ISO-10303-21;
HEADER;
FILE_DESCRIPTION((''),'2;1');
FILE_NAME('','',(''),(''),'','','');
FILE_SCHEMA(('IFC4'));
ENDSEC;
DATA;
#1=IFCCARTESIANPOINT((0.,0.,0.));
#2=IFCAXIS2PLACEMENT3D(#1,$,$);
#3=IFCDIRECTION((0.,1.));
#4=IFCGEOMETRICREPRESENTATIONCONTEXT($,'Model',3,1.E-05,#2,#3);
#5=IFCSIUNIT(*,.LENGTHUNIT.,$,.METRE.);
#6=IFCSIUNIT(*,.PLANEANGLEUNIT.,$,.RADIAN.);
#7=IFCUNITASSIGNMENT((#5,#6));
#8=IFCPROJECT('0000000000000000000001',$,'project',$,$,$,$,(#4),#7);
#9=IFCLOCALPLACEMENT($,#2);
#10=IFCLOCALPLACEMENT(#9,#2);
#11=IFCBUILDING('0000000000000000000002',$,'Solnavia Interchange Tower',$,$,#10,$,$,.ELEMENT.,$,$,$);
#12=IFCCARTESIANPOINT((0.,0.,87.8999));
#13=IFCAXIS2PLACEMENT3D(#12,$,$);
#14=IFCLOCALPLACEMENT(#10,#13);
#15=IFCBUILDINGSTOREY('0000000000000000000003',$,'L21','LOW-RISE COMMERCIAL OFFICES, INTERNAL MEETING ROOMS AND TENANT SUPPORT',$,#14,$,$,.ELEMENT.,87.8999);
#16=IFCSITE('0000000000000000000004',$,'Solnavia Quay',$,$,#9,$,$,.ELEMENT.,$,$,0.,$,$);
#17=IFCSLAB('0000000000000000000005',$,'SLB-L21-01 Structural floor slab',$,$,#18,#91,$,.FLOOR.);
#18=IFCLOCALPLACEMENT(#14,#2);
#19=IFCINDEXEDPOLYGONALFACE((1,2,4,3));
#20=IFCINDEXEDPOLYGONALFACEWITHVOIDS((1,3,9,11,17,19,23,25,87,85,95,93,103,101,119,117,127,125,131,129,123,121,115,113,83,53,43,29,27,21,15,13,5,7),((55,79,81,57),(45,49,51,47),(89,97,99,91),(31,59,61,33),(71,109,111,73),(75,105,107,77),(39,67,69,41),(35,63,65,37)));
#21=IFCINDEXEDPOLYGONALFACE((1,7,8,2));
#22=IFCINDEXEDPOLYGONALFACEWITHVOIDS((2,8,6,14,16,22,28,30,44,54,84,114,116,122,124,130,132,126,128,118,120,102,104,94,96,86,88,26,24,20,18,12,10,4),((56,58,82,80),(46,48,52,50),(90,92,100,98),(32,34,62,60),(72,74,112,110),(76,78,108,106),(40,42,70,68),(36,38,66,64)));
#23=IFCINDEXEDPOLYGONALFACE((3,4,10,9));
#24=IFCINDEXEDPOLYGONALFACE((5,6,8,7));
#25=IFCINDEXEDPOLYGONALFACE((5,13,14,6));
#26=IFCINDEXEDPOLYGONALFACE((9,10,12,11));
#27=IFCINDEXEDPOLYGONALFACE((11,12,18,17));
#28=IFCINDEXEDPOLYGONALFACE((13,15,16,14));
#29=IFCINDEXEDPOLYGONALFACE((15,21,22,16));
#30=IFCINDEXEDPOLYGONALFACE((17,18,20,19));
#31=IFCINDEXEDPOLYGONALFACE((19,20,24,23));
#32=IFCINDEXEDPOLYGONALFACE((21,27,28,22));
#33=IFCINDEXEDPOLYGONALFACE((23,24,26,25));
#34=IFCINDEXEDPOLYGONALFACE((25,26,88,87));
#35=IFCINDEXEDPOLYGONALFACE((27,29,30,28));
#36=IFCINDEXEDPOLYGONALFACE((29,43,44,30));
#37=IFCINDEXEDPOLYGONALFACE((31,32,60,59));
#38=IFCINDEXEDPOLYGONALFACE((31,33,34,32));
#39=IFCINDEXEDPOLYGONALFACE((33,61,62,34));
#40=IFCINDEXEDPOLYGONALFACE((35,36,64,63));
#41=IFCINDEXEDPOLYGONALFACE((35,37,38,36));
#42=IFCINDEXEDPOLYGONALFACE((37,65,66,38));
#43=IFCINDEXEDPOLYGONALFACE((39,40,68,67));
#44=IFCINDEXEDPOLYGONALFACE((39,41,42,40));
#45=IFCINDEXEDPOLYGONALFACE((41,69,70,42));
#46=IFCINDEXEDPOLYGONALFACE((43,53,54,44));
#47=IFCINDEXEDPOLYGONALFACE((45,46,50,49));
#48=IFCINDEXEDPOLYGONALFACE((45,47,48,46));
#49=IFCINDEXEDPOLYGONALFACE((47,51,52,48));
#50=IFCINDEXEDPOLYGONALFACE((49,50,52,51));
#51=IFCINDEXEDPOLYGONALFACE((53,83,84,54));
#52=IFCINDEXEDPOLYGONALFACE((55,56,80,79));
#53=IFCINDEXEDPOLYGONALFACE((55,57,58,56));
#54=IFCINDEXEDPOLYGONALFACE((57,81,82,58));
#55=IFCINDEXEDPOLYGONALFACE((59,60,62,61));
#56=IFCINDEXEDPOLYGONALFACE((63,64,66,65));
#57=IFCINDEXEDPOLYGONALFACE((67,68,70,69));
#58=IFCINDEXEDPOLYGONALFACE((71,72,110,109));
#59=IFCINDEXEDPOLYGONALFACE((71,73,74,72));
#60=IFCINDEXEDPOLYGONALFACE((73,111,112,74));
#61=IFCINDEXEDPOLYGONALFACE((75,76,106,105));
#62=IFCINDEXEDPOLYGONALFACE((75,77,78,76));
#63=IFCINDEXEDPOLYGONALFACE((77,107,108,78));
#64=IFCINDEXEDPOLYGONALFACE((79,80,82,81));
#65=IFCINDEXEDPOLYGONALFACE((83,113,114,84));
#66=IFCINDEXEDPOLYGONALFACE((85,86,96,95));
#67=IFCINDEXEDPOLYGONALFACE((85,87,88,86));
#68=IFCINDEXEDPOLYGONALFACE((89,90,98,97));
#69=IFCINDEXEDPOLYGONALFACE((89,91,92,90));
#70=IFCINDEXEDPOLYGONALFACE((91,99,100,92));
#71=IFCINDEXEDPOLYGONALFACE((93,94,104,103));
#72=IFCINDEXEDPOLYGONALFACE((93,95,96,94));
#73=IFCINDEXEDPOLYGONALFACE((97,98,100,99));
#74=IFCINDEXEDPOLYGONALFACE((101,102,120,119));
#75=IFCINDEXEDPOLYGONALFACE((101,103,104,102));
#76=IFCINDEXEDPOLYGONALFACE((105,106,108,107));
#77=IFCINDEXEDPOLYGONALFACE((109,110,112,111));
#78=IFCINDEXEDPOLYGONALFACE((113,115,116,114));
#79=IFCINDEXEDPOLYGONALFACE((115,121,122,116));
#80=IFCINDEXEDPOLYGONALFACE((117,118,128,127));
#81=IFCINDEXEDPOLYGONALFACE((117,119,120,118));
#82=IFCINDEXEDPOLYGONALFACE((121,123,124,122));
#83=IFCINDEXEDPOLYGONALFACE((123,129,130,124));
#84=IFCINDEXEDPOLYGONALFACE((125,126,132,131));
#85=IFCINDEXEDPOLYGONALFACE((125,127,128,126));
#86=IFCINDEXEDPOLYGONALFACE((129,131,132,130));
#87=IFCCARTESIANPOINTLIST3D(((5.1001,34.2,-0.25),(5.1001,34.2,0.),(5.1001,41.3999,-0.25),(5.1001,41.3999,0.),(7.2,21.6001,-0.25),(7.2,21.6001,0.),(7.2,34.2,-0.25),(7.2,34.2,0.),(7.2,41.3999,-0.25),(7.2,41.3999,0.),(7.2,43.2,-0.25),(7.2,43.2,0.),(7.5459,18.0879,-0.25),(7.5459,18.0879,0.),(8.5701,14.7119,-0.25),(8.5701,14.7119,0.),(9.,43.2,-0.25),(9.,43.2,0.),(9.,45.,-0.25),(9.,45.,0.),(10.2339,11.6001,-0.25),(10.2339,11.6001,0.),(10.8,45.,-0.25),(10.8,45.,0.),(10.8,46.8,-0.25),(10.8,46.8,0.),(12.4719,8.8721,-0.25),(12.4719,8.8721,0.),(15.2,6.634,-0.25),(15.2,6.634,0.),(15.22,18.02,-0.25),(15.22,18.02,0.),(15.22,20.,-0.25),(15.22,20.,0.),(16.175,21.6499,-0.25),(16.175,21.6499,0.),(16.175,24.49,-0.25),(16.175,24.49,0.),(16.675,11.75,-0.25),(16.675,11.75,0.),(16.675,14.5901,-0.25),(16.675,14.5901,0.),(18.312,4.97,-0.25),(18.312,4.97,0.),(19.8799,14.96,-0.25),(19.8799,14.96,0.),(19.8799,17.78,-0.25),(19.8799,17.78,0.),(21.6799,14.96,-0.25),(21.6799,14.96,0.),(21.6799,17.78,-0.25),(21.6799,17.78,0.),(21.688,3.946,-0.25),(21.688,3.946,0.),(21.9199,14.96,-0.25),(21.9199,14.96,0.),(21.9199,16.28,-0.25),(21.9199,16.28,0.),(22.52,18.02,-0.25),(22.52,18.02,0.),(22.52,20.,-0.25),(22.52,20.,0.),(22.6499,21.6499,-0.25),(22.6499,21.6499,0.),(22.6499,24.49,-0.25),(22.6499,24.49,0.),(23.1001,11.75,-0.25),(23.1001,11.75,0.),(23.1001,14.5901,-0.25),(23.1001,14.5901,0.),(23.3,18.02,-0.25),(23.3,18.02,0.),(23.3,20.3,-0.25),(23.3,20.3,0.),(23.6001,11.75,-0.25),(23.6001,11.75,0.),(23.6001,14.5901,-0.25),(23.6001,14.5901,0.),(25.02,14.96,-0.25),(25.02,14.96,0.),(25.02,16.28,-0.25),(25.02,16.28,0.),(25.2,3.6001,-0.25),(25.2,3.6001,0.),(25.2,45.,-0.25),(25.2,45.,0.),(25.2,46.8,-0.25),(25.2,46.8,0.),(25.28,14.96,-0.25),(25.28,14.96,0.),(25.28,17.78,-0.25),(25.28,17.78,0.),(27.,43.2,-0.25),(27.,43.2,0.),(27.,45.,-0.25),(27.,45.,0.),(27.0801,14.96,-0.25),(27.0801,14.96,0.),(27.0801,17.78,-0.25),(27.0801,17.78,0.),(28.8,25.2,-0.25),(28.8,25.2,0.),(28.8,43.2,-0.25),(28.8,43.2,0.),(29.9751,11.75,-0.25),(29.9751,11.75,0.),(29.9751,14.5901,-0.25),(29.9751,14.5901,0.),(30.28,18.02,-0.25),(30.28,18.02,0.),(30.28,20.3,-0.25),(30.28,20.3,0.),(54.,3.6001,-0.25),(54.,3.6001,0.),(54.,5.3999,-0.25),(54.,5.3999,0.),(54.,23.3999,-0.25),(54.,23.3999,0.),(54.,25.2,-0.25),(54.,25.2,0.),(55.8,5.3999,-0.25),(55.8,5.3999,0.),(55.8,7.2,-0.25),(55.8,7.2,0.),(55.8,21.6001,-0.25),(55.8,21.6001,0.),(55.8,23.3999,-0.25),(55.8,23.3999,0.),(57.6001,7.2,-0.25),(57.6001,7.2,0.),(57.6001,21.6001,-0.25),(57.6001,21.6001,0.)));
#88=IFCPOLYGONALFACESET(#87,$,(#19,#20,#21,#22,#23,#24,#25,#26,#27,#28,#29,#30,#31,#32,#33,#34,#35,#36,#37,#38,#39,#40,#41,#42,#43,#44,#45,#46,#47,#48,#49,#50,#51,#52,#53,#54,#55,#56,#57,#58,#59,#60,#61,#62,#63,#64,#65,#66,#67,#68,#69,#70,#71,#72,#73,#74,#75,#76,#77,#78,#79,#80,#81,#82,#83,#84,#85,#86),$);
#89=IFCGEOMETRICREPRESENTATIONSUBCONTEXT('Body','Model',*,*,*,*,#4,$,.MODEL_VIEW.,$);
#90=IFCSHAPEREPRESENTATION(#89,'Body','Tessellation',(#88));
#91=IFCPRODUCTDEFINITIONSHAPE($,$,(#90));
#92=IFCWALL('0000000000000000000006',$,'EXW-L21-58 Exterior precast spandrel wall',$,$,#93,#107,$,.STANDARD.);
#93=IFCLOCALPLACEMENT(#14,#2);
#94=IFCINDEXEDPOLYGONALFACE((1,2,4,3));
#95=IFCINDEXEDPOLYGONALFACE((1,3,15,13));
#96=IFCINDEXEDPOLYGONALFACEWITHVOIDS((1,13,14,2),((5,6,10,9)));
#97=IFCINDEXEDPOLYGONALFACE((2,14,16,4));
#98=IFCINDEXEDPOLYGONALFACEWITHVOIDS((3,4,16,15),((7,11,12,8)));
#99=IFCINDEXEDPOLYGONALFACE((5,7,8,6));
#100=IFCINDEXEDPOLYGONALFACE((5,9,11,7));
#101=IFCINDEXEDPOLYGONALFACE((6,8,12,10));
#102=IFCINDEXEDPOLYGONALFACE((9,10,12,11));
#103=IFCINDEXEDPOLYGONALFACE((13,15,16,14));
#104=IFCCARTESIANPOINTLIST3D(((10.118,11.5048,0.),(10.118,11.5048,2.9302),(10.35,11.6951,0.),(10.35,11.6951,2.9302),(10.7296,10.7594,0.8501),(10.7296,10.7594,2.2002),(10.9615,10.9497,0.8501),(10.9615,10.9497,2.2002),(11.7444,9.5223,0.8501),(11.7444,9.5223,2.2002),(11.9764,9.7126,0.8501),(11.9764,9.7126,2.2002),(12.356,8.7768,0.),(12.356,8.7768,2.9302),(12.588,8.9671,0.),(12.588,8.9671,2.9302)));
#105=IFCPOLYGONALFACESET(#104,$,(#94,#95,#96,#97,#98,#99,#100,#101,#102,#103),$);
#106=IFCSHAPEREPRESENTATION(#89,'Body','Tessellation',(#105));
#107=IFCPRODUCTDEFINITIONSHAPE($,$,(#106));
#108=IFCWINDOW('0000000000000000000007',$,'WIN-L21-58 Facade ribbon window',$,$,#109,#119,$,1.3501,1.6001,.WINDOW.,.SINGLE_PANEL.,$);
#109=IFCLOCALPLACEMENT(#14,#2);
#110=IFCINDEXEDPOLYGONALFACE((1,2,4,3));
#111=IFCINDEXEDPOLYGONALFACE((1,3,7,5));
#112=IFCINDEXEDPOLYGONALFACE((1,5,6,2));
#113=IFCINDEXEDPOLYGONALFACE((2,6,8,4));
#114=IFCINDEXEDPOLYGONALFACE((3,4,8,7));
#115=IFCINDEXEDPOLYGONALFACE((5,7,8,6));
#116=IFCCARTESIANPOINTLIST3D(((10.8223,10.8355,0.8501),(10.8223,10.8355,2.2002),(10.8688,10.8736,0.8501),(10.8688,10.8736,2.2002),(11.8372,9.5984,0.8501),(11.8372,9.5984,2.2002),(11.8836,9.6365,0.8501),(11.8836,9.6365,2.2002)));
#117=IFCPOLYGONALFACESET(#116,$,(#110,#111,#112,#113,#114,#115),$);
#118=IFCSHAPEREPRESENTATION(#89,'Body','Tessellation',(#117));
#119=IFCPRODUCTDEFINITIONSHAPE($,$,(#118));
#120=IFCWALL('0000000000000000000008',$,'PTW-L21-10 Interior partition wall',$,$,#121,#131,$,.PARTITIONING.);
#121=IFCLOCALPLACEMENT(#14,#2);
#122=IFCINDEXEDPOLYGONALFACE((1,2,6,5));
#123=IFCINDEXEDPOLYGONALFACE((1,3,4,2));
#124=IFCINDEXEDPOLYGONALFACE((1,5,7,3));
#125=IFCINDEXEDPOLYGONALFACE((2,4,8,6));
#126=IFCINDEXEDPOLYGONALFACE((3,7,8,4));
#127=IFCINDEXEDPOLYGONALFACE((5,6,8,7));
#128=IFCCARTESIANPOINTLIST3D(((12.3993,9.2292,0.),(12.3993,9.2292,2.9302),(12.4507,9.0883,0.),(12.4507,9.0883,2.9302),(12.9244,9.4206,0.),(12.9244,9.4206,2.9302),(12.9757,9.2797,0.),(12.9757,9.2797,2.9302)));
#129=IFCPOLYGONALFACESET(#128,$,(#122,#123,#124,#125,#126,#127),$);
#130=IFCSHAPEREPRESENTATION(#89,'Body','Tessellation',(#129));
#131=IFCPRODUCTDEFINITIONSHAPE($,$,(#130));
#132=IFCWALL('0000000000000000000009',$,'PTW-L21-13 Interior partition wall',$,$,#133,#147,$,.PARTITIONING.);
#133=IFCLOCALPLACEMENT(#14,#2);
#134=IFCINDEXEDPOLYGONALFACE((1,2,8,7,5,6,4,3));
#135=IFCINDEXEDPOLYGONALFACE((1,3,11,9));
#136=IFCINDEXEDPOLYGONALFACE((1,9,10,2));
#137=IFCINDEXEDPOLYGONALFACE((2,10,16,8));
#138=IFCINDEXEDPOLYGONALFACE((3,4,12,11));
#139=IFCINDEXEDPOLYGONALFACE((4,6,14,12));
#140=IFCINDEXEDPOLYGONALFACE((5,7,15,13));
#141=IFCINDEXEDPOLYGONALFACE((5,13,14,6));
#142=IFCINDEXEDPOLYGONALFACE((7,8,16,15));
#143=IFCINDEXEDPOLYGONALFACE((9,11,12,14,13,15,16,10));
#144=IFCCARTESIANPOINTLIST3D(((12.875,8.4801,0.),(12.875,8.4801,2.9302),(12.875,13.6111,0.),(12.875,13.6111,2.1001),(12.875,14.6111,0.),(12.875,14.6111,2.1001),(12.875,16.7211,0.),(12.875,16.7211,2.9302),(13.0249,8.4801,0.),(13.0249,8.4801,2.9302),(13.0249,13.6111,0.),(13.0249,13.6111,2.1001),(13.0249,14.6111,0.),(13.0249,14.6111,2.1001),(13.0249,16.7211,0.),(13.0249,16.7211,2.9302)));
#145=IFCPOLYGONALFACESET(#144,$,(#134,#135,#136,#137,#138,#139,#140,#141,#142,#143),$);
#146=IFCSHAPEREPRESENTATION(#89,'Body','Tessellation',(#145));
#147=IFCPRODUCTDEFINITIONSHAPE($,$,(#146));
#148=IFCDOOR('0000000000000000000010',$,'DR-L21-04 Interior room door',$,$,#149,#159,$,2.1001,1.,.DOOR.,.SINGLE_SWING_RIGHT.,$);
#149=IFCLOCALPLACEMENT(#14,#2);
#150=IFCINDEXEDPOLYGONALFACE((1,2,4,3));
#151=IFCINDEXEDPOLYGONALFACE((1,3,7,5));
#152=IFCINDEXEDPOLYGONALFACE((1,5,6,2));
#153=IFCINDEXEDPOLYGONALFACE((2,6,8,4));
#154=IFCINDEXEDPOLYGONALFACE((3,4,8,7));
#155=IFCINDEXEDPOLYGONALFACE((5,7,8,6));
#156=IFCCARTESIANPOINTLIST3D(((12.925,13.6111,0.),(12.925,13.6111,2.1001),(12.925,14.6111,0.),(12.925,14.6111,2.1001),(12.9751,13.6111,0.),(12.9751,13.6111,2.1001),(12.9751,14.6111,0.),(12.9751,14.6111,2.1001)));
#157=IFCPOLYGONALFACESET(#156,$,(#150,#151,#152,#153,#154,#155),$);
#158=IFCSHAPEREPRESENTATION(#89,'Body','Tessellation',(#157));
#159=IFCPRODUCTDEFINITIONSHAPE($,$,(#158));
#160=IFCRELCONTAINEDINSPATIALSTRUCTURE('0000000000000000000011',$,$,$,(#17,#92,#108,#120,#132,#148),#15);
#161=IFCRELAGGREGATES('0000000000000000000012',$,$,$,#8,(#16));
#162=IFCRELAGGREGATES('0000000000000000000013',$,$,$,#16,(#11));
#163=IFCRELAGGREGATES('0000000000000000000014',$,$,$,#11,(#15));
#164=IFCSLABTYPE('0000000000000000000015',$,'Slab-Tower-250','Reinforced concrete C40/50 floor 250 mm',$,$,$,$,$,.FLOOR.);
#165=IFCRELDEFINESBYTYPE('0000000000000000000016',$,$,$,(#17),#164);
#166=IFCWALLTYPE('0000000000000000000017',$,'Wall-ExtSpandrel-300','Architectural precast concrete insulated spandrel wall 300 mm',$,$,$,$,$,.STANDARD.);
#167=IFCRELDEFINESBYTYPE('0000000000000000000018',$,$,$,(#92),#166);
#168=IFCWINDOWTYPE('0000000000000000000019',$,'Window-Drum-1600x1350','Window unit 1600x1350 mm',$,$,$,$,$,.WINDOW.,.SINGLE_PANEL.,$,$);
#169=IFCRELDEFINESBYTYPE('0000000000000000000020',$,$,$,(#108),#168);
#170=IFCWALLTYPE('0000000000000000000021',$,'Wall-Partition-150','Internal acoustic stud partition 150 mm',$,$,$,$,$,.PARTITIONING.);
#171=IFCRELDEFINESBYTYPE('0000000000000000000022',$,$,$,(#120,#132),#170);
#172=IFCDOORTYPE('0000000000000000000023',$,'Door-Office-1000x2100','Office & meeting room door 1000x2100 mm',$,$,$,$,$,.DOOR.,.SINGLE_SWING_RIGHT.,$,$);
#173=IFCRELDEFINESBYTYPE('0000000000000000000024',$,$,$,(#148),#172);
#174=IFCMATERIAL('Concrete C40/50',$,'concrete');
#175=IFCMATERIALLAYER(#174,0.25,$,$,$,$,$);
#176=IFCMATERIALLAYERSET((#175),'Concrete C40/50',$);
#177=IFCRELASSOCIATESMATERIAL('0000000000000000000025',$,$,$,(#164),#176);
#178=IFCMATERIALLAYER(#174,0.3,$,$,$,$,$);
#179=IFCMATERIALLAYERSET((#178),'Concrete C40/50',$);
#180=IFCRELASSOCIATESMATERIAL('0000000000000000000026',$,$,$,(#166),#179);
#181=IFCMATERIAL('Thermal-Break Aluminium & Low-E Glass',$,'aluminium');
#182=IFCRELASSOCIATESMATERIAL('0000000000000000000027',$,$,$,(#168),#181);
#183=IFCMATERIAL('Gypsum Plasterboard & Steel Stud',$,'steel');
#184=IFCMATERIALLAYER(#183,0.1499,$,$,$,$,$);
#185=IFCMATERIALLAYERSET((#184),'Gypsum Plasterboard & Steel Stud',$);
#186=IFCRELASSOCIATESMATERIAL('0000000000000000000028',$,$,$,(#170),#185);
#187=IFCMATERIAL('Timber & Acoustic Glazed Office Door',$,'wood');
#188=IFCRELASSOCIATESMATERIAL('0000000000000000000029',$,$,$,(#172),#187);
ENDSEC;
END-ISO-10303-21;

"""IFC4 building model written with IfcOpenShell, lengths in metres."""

from ifc_helpers import new_model, si_unit, direction, frame, frame_2d, origin, place, context, subcontext, project, spatial, polyline, rectangle, outline, extrude, material, layer, layer_set, type_object, element, fill, save


model = new_model("IFC4")

# Units and contexts
model_context = context("Model", 3, precision=1e-05, world=origin(), true_north=direction((0.0, 1.0)))
body_context = subcontext(model_context, "Body", "Model", "MODEL_VIEW")
ifc_project = project(units=[si_unit("LENGTHUNIT", "METRE"), si_unit("PLANEANGLEUNIT", "RADIAN")], contexts=[model_context])

# Site, building, storey
site_placement = place(None, origin())
site = spatial("IfcSite", under=ifc_project, at=site_placement, Name="Solnavia Quay", CompositionType="ELEMENT", RefElevation=0.0)
building_placement = place(site_placement, origin())
building = spatial("IfcBuilding", under=site, at=building_placement, Name="Solnavia Interchange Tower", CompositionType="ELEMENT")
storey_placement = place(building_placement, frame((0.0, 0.0, 87.8999)))
storey = spatial("IfcBuildingStorey", under=building, at=storey_placement, Name="L21", Description="LOW-RISE COMMERCIAL OFFICES, INTERNAL MEETING ROOMS AND TENANT SUPPORT", CompositionType="ELEMENT", Elevation=87.8999)

# Shared definitions
ifc_material_1 = material(Name="Concrete C40/50", Category="concrete")

# Slab
ifc_layer_1 = layer(ifc_material_1, 0.25)
ifc_layer_set_1 = layer_set([ifc_layer_1], Name="Concrete C40/50")
slab_type_1 = type_object("IfcSlabType", Name="Slab-Tower-250", Description="Reinforced concrete C40/50 floor 250 mm", PredefinedType="FLOOR", material=ifc_layer_set_1)
slab_1_placement = place(storey_placement, frame((0.0, 0.0, -0.25)))
element("IfcSlab", 1, at=slab_1_placement, inside=storey, type_object=slab_type_1, Name="SLB-L21-01 Structural floor slab", PredefinedType="FLOOR", context=body_context, shape_type="SweptSolid", body=[
    extrude(outline(polyline([(25.2, 3.6001), (54.0, 3.6001), (54.0, 5.3999), (55.8, 5.3999), (55.8, 7.2), (57.6001, 7.2), (57.6001, 21.6001), (55.8, 21.6001), (55.8, 23.3999), (54.0, 23.3999), (54.0, 25.2), (28.8, 25.2), (28.8, 43.2), (27.0, 43.2), (27.0, 45.0), (25.2, 45.0), (25.2, 46.8), (10.8, 46.8), (10.8, 45.0), (9.0, 45.0), (9.0, 43.2), (7.2, 43.2), (7.2, 41.3999), (5.1001, 41.3999), (5.1001, 34.2), (7.2, 34.2), (7.2, 21.6001), (7.5459, 18.0879), (8.5701, 14.7119), (10.2339, 11.6001), (12.4719, 8.8721), (15.2, 6.634), (18.312, 4.97), (21.688, 3.946), (25.2, 3.6001)]), holes=[polyline([(16.675, 11.75), (23.1001, 11.75), (23.1001, 14.5901), (16.675, 14.5901), (16.675, 11.75)]), polyline([(23.6001, 11.75), (29.9751, 11.75), (29.9751, 14.5901), (23.6001, 14.5901), (23.6001, 11.75)]), polyline([(16.175, 21.6499), (22.6499, 21.6499), (22.6499, 24.49), (16.175, 24.49), (16.175, 21.6499)]), polyline([(19.8799, 14.96), (21.6799, 14.96), (21.6799, 17.78), (19.8799, 17.78), (19.8799, 14.96)]), polyline([(25.28, 14.96), (27.0801, 14.96), (27.0801, 17.78), (25.28, 17.78), (25.28, 14.96)]), polyline([(21.9199, 14.96), (25.02, 14.96), (25.02, 16.28), (21.9199, 16.28), (21.9199, 14.96)]), polyline([(15.22, 18.02), (22.52, 18.02), (22.52, 20.0), (15.22, 20.0), (15.22, 18.02)]), polyline([(23.3, 18.02), (30.28, 18.02), (30.28, 20.3), (23.3, 20.3), (23.3, 18.02)])]), origin(), (0.0, 0.0, 1.0), 0.25),
])

# Wall, opening, window
ifc_layer_2 = layer(ifc_material_1, 0.3)
ifc_layer_set_2 = layer_set([ifc_layer_2], Name="Concrete C40/50")
wall_type_1 = type_object("IfcWallType", Name="Wall-ExtSpandrel-300", Description="Architectural precast concrete insulated spandrel wall 300 mm", PredefinedType="STANDARD", material=ifc_layer_set_2)
wall_1_placement = place(storey_placement, frame((12.4719, 8.8721, 0.0), z_axis=(0.0, 0.0, 1.0), x_axis=(-0.634258, 0.773121, 0.0)))
wall_1 = element("IfcWall", 2, at=wall_1_placement, inside=storey, type_object=wall_type_1, Name="EXW-L21-58 Exterior precast spandrel wall", PredefinedType="STANDARD", context=body_context, shape_type="SweptSolid", body=[
    extrude(rectangle(XDim=3.5286, YDim=0.3, at=frame_2d((1.7642, 0.0))), origin(), (0.0, 0.0, 1.0), 2.9302),
])
opening_1_placement = place(wall_1_placement, frame((0.9641, 0.0, 0.8501)))
opening_1 = element("IfcOpeningElement", 3, at=opening_1_placement, cuts=wall_1, PredefinedType="OPENING", context=body_context, shape_type="SweptSolid", body=[
    extrude(rectangle(XDim=1.6001, YDim=1.3501, at=frame_2d((0.8, 0.675))), frame((0.0, 0.1602, 0.0), z_axis=(0.0, -1.0, 0.0), x_axis=(1.0, 0.0, 0.0)), (0.0, 0.0, 1.0), 0.3201),
])
ifc_material_2 = material(Name="Thermal-Break Aluminium & Low-E Glass", Category="aluminium")
window_type = type_object("IfcWindowType", Name="Window-Drum-1600x1350", Description="Window unit 1600x1350 mm", PartitioningType="SINGLE_PANEL", PredefinedType="WINDOW", material=ifc_material_2)
window_placement = place(opening_1_placement, origin())
window = element("IfcWindow", 4, at=window_placement, inside=storey, type_object=window_type, Name="WIN-L21-58 Facade ribbon window", OverallHeight=1.3501, OverallWidth=1.6001, PartitioningType="SINGLE_PANEL", PredefinedType="WINDOW", context=body_context, shape_type="SweptSolid", body=[
    extrude(rectangle(XDim=1.6001, YDim=1.3501, at=frame_2d((0.8, 0.675))), frame((0.0, 0.03, 0.0), z_axis=(0.0, -1.0, 0.0), x_axis=(1.0, 0.0, 0.0)), (0.0, 0.0, 1.0), 0.0601),
])
fill(opening_1, window)

# Wall
ifc_material_3 = material(Name="Gypsum Plasterboard & Steel Stud", Category="steel")
ifc_layer_3 = layer(ifc_material_3, 0.1499)
ifc_layer_set_3 = layer_set([ifc_layer_3], Name="Gypsum Plasterboard & Steel Stud")
wall_type_2 = type_object("IfcWallType", Name="Wall-Partition-150", Description="Internal acoustic stud partition 150 mm", PredefinedType="PARTITIONING", material=ifc_layer_set_3)
wall_2_placement = place(storey_placement, frame((12.95, 9.3501, 0.0), z_axis=(0.0, 0.0, 1.0), x_axis=(-0.939538, -0.342444, 0.0)))
element("IfcWall", 5, at=wall_2_placement, inside=storey, type_object=wall_type_2, Name="PTW-L21-10 Interior partition wall", PredefinedType="PARTITIONING", context=body_context, shape_type="SweptSolid", body=[
    extrude(rectangle(XDim=0.5588, YDim=0.1499, at=frame_2d((0.2793, 0.0))), origin(), (0.0, 0.0, 1.0), 2.9302),
])

# Wall, opening, door
wall_3_placement = place(storey_placement, frame((12.95, 8.48, 0.0), z_axis=(0.0, 0.0, 1.0), x_axis=(0.0, 1.0, 0.0)))
wall_3 = element("IfcWall", 6, at=wall_3_placement, inside=storey, type_object=wall_type_2, Name="PTW-L21-13 Interior partition wall", PredefinedType="PARTITIONING", context=body_context, shape_type="SweptSolid", body=[
    extrude(rectangle(XDim=8.241, YDim=0.1499, at=frame_2d((4.1206, 0.0))), origin(), (0.0, 0.0, 1.0), 2.9302),
])
opening_2_placement = place(wall_3_placement, frame((5.1311, 0.0, 0.0)))
opening_2 = element("IfcOpeningElement", 7, at=opening_2_placement, cuts=wall_3, PredefinedType="OPENING", context=body_context, shape_type="SweptSolid", body=[
    extrude(rectangle(XDim=1.0, YDim=2.1001, at=frame_2d((0.5, 1.05))), frame((0.0, 0.085, 0.0), z_axis=(0.0, -1.0, 0.0), x_axis=(1.0, 0.0, 0.0)), (0.0, 0.0, 1.0), 0.1699),
])
ifc_material_4 = material(Name="Timber & Acoustic Glazed Office Door", Category="wood")
door_type = type_object("IfcDoorType", Name="Door-Office-1000x2100", Description="Office & meeting room door 1000x2100 mm", OperationType="SINGLE_SWING_RIGHT", PredefinedType="DOOR", material=ifc_material_4)
door_1_placement = place(opening_2_placement, origin())
door_1 = element("IfcDoor", 8, at=door_1_placement, inside=storey, type_object=door_type, Name="DR-L21-04 Interior room door", OperationType="SINGLE_SWING_RIGHT", OverallHeight=2.1001, OverallWidth=1.0, PredefinedType="DOOR", context=body_context, shape_type="SweptSolid", body=[
    extrude(rectangle(XDim=1.0, YDim=2.1001, at=frame_2d((0.5, 1.05))), frame((0.0, 0.0249, 0.0), z_axis=(0.0, -1.0, 0.0), x_axis=(1.0, 0.0, 0.0)), (0.0, 0.0, 1.0), 0.05),
])
fill(opening_2, door_1)

save(model, "model.ifc")
